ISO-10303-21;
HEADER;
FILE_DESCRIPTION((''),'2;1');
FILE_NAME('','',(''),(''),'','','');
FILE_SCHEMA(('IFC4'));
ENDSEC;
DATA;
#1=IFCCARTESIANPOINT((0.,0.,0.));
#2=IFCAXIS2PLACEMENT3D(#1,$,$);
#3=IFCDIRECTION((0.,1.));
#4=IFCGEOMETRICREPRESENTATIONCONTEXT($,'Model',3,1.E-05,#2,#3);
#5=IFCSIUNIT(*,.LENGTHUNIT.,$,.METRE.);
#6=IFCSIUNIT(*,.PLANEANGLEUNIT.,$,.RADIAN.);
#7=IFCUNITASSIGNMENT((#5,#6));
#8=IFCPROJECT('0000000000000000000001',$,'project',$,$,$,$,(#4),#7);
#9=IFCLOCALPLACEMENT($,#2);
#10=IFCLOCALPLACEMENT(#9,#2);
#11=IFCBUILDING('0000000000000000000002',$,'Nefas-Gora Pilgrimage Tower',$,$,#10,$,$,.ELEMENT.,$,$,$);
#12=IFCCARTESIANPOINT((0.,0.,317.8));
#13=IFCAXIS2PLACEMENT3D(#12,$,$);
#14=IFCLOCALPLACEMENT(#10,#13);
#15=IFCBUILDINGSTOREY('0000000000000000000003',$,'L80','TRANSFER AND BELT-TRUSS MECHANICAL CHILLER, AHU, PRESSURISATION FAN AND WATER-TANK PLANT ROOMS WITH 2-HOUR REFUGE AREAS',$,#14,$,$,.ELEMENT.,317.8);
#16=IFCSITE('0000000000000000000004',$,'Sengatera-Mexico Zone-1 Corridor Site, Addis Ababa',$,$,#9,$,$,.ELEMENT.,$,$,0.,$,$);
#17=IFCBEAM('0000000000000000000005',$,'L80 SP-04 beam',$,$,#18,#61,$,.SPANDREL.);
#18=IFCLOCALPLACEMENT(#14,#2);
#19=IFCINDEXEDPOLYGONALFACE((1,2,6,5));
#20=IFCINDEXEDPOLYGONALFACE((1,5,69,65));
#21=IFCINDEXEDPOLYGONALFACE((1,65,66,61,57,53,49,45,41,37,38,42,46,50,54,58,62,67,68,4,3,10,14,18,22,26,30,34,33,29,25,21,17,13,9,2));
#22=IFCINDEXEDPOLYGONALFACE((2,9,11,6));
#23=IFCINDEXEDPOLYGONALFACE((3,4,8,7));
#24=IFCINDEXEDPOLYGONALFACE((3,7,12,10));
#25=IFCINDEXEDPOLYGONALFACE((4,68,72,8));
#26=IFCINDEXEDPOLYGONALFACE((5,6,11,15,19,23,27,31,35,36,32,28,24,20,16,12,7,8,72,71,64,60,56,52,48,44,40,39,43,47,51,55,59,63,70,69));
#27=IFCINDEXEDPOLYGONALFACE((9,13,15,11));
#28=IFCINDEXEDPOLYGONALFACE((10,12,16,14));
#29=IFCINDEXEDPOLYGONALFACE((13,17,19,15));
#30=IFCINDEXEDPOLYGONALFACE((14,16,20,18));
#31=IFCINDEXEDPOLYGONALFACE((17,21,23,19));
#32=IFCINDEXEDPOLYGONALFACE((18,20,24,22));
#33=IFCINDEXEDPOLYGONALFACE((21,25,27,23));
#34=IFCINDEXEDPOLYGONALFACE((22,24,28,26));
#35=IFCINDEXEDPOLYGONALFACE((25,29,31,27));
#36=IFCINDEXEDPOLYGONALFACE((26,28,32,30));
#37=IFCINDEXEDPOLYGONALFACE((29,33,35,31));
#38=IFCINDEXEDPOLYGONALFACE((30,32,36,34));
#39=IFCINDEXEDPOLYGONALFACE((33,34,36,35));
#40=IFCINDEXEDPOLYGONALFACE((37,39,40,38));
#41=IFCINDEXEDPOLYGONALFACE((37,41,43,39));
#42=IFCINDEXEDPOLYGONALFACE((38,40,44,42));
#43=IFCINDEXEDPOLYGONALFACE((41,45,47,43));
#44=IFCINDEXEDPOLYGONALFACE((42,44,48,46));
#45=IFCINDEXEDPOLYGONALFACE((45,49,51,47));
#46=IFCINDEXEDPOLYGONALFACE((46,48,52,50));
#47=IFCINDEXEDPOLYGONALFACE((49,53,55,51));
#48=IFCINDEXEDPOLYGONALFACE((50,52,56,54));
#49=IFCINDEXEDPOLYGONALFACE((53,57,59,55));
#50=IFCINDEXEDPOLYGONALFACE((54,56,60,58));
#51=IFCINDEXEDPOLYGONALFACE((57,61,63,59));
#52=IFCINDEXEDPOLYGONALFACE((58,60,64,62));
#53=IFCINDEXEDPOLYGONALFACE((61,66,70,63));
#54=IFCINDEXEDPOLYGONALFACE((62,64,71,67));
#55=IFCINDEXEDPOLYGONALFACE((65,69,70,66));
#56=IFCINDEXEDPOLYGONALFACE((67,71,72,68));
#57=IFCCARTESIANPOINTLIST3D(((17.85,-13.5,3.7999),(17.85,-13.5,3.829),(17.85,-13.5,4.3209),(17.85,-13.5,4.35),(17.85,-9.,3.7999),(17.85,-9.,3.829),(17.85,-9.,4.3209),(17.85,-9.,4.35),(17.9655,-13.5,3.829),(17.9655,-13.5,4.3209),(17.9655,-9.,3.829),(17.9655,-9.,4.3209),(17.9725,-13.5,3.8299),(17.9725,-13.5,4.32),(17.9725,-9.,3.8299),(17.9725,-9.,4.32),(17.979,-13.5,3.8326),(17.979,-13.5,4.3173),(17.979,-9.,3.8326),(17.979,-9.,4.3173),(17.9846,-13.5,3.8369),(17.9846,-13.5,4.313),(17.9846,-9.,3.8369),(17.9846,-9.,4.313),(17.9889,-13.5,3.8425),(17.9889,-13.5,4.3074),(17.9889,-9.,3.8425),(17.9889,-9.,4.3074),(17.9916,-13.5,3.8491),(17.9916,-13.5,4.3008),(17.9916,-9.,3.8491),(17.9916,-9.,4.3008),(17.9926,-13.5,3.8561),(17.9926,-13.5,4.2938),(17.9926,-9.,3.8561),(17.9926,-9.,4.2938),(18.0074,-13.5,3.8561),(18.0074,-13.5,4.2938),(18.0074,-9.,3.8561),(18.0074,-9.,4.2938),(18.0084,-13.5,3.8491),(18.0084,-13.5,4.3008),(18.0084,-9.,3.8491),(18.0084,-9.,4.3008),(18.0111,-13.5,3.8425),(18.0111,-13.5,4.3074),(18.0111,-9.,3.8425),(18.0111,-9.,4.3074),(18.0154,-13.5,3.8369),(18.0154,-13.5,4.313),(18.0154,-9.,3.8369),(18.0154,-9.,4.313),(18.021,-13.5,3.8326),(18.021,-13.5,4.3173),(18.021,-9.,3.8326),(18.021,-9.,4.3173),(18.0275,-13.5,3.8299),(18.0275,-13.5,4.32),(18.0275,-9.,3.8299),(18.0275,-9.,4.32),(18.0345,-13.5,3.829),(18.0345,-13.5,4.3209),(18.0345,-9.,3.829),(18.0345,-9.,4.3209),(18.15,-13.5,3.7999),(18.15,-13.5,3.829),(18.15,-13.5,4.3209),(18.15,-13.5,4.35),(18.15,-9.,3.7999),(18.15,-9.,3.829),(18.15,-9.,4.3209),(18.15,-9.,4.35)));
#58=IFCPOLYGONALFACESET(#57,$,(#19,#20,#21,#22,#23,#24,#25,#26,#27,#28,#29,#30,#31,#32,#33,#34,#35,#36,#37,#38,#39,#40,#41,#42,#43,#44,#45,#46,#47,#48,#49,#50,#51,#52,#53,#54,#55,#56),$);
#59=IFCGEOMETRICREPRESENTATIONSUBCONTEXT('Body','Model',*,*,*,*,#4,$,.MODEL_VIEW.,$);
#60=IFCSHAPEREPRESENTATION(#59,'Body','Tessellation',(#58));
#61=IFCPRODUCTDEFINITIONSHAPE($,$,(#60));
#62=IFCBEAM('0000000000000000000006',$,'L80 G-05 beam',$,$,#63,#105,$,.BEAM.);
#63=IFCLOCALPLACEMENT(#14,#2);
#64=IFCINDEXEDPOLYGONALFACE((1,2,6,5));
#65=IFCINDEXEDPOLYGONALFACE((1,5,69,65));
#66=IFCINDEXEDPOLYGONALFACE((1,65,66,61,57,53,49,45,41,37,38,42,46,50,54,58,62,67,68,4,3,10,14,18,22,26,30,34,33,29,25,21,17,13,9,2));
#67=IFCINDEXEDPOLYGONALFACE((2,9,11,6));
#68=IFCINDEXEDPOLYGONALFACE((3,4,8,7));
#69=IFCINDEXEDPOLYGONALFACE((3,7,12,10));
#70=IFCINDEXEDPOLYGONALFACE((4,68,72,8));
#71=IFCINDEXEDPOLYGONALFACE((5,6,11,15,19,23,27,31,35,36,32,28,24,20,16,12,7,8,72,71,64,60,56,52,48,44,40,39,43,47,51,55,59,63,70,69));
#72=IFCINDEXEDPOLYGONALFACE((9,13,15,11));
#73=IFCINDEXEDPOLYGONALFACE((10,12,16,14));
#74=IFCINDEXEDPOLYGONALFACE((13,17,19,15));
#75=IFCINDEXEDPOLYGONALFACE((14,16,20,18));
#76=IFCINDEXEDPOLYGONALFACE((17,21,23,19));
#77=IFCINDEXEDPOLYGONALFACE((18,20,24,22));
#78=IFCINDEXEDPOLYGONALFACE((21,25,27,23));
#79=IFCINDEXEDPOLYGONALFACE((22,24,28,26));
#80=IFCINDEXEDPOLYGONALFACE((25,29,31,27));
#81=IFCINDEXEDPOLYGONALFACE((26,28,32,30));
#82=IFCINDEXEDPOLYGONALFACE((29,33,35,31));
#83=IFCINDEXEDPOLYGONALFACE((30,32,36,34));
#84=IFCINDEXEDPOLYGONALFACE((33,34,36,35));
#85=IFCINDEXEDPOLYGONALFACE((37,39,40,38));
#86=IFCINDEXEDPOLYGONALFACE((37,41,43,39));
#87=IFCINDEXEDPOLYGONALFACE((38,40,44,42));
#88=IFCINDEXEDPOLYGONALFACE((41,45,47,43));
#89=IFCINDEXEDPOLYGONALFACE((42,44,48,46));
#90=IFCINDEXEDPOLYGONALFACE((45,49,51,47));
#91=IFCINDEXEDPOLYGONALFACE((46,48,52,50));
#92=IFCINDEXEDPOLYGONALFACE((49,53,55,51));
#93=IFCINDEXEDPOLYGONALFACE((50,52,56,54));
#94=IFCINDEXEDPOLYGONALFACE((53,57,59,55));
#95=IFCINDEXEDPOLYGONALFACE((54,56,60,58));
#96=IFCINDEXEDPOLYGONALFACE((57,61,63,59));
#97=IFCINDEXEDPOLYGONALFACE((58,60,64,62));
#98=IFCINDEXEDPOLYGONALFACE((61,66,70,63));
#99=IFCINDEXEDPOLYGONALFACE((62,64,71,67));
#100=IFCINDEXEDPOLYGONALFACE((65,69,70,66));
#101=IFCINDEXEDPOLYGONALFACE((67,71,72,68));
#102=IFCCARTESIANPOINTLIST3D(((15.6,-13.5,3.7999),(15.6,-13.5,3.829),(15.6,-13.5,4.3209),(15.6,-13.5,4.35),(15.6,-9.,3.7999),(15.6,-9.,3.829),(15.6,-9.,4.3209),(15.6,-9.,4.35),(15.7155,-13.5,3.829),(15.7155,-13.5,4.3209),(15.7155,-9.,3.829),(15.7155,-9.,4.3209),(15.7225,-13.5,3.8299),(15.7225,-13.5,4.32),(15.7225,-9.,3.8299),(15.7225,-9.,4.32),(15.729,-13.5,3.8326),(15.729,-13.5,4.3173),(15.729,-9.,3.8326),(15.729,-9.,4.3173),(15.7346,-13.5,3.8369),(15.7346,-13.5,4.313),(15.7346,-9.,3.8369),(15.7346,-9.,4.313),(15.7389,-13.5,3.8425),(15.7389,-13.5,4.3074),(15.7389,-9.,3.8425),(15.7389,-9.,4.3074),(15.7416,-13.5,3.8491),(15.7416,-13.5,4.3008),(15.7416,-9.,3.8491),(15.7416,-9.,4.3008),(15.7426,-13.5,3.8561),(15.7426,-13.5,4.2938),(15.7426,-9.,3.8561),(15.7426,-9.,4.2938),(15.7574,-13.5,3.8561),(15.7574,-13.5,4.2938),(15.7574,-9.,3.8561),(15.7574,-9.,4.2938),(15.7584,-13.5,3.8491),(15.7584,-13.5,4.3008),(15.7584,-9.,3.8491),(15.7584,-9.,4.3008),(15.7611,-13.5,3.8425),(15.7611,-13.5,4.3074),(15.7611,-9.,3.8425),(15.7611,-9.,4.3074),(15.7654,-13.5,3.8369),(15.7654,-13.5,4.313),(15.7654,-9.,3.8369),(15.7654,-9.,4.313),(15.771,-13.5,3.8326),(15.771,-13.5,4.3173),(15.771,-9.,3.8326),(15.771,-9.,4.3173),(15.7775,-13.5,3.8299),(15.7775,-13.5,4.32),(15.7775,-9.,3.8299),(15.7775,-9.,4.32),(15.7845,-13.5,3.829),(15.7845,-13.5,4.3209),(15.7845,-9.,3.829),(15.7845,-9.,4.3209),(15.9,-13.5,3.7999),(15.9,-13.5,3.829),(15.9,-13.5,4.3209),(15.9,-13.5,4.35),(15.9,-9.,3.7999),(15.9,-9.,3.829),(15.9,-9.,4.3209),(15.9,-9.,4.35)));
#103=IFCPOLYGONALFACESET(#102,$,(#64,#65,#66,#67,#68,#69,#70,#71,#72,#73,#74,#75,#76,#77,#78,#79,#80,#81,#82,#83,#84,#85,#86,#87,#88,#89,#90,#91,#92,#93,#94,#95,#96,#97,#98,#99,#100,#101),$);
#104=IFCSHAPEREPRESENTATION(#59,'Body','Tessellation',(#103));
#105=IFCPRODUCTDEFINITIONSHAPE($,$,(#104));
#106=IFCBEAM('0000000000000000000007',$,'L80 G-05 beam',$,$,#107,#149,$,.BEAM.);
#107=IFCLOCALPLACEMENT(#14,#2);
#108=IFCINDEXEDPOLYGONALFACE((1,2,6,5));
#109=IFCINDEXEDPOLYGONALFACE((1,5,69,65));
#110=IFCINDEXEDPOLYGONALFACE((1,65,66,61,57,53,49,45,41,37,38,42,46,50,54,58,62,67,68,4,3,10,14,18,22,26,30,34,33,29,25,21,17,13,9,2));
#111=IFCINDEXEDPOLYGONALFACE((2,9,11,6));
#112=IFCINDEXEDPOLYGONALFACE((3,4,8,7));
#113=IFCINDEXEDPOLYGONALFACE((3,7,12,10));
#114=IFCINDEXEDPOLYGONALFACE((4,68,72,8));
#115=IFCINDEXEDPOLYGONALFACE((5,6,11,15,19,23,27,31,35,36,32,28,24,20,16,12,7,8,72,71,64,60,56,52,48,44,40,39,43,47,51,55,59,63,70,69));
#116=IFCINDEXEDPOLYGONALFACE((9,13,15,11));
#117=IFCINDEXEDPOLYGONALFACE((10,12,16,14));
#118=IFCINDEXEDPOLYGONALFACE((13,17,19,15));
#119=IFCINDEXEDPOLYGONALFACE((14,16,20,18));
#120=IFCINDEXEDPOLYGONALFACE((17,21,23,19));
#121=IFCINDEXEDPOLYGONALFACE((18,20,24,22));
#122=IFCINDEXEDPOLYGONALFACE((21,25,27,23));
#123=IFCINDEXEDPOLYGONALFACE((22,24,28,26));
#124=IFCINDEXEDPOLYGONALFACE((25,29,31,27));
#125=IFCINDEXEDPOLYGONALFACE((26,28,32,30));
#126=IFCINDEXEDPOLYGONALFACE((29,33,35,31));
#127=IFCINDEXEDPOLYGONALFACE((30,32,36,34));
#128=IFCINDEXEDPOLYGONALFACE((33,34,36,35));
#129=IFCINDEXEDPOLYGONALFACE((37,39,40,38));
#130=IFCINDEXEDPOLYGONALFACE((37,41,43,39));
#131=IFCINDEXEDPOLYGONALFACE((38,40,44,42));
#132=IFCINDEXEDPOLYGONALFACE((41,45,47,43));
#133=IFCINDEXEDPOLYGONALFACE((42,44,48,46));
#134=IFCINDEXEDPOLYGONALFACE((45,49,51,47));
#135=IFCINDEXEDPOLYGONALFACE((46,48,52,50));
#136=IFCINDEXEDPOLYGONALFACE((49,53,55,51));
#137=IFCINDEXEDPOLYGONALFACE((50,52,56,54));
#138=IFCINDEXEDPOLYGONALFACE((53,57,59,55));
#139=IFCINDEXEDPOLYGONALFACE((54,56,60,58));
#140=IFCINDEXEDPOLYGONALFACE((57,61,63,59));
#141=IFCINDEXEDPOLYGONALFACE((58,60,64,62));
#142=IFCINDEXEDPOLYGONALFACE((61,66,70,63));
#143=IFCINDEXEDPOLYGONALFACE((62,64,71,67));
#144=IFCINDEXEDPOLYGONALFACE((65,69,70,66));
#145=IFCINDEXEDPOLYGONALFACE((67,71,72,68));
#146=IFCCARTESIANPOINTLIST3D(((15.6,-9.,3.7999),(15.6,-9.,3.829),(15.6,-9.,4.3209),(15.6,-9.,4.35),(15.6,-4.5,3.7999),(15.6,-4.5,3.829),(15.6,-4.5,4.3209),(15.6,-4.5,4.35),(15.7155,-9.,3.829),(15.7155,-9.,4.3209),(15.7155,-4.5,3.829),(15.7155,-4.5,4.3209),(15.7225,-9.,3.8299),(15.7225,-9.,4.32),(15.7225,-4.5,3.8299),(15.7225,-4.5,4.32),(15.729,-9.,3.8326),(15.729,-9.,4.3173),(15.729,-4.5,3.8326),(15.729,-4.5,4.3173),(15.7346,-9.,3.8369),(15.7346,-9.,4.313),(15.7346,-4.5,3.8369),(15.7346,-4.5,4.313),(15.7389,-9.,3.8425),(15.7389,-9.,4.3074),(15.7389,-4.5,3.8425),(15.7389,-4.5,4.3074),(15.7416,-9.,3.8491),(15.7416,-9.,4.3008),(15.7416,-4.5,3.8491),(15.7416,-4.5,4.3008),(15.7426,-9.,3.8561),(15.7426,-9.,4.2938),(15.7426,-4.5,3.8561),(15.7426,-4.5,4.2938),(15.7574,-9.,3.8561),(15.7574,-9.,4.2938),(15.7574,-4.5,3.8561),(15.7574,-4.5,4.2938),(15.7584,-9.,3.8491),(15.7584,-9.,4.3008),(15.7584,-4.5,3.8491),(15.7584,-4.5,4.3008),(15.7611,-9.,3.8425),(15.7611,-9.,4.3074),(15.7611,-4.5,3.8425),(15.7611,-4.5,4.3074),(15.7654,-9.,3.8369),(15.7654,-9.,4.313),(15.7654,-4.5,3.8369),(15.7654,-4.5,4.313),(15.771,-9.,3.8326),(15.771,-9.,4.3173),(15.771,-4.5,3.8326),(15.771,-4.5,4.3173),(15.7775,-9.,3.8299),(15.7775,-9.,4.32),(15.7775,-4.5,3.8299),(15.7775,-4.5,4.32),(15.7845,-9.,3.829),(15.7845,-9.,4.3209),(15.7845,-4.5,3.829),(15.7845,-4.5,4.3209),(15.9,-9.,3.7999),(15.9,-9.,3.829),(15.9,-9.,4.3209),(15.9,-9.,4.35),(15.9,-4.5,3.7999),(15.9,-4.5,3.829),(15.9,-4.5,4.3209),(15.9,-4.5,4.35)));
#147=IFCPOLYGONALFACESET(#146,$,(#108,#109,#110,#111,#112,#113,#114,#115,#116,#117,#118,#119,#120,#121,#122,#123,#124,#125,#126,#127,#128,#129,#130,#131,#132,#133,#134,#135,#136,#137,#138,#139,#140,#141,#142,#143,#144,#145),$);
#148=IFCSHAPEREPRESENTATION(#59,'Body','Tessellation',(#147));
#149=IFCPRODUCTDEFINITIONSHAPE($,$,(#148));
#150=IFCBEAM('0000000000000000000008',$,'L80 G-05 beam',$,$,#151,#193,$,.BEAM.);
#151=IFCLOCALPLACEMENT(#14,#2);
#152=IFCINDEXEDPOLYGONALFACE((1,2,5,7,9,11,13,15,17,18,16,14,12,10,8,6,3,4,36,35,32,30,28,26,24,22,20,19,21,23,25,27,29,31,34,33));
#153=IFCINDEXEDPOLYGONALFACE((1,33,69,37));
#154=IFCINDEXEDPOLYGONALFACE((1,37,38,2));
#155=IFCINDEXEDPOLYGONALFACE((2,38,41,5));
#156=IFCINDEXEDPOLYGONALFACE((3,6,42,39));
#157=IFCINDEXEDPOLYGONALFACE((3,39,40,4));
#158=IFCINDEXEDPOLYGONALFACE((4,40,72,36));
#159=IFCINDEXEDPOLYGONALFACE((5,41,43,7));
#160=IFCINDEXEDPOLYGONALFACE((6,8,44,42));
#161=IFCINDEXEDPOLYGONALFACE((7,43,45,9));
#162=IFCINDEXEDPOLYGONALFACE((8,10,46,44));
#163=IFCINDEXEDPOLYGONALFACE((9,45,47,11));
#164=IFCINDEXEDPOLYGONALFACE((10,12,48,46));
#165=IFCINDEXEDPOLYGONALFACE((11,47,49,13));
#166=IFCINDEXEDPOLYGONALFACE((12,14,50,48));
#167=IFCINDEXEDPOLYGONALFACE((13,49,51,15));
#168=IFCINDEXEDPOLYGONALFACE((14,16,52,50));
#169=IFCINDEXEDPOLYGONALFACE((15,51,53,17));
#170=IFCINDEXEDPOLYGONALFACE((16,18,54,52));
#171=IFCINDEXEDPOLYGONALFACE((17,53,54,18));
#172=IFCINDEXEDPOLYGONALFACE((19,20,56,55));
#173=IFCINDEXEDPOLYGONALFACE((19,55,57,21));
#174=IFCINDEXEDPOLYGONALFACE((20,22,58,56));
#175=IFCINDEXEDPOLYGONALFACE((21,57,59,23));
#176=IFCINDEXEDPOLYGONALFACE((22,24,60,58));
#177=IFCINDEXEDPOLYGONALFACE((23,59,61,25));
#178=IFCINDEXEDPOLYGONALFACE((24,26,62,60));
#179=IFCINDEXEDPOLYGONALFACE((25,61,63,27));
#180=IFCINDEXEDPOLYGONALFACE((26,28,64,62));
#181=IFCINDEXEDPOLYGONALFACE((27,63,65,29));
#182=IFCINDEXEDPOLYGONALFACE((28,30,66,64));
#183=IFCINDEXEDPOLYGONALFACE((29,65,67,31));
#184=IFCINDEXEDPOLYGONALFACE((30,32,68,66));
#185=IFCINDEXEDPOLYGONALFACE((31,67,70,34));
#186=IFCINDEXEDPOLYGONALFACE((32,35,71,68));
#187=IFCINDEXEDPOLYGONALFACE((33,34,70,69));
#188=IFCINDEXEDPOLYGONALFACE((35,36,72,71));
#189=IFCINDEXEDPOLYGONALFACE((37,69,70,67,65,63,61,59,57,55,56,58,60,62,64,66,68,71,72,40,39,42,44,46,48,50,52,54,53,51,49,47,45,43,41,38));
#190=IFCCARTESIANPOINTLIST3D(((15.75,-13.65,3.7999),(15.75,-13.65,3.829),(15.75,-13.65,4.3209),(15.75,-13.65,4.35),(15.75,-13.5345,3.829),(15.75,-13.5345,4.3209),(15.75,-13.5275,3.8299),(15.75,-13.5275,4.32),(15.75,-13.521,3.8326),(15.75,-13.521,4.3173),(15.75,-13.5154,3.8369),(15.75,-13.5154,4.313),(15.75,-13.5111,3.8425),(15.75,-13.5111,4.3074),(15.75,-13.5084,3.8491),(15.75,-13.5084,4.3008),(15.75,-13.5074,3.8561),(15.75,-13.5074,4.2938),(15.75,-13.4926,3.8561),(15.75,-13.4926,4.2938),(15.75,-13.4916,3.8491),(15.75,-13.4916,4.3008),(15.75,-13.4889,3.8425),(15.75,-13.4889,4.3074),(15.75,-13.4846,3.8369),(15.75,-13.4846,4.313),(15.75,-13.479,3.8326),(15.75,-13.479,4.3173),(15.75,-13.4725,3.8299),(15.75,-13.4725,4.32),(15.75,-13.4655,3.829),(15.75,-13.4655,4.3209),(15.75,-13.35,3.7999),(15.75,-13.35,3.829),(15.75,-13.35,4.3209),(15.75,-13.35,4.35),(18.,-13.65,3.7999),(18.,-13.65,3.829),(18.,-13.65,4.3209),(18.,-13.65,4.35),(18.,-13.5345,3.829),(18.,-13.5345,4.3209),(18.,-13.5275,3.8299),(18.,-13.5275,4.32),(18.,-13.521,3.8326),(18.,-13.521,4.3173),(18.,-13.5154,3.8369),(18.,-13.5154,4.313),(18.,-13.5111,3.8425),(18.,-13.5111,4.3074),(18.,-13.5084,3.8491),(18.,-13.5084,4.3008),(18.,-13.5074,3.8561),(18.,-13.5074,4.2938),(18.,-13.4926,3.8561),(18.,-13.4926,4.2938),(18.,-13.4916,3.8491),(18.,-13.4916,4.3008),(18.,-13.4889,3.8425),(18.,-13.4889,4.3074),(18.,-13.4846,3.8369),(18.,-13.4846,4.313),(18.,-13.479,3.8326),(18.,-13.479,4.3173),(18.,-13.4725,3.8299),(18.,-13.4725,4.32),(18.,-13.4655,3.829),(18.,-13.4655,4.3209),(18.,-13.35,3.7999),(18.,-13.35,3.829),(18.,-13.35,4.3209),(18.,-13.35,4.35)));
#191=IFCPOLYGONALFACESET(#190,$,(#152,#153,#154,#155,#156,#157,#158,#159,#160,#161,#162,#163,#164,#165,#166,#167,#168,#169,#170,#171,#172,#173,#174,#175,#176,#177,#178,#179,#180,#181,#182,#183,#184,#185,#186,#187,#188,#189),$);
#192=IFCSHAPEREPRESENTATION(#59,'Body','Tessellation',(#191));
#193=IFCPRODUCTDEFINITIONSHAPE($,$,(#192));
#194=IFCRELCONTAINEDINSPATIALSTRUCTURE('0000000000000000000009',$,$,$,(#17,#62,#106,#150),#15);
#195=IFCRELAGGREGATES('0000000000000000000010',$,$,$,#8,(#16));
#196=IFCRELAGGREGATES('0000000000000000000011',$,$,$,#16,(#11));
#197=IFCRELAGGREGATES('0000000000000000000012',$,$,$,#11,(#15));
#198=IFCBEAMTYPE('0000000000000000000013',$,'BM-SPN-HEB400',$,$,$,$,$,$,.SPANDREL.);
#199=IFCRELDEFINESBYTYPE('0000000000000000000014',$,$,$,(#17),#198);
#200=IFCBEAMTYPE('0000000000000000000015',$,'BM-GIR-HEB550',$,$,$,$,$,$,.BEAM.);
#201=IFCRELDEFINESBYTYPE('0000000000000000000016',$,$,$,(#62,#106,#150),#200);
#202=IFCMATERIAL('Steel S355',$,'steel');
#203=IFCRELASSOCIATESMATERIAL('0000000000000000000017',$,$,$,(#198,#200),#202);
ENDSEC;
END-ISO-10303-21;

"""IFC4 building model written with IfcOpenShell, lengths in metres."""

from ifc_helpers import new_model, si_unit, direction, frame, origin, origin_2d, place, context, subcontext, project, spatial, i_section, extrude, source, transform, mapped, material, material_profile, profile_set, type_object, element, save


model = new_model("IFC4")

# Units and contexts
model_context = context("Model", 3, precision=1e-05, world=origin(), true_north=direction((0.0, 1.0)))
body_context = subcontext(model_context, "Body", "Model", "MODEL_VIEW")
ifc_project = project(units=[si_unit("LENGTHUNIT", "METRE"), si_unit("PLANEANGLEUNIT", "RADIAN")], contexts=[model_context])

# Site, building, storey
site_placement = place(None, origin())
site = spatial("IfcSite", under=ifc_project, at=site_placement, Name="Sengatera-Mexico Zone-1 Corridor Site, Addis Ababa", CompositionType="ELEMENT", RefElevation=0.0)
building_placement = place(site_placement, origin())
building = spatial("IfcBuilding", under=site, at=building_placement, Name="Nefas-Gora Pilgrimage Tower", CompositionType="ELEMENT")
storey_placement = place(building_placement, frame((0.0, 0.0, 317.8)))
storey = spatial("IfcBuildingStorey", under=building, at=storey_placement, Name="L80", Description="TRANSFER AND BELT-TRUSS MECHANICAL CHILLER, AHU, PRESSURISATION FAN AND WATER-TANK PLANT ROOMS WITH 2-HOUR REFUGE AREAS", CompositionType="ELEMENT", Elevation=317.8)

# Shared definitions
ifc_material_1 = material(Name="Steel S355", Category="steel")

# Beams
ifc_material_profile_1 = material_profile(ifc_material_1, i_section(OverallWidth=0.3, OverallDepth=0.55, WebThickness=0.0149, FlangeThickness=0.0291, FilletRadius=0.0271, at=origin_2d()), Name="HEB 550")
ifc_profile_set_1 = profile_set([ifc_material_profile_1], Name="Steel S355")
beam_type_1 = type_object("IfcBeamType", Name="BM-SPN-HEB400", PredefinedType="SPANDREL", material=ifc_profile_set_1)
shared_shape_1 = source(origin(), body_context, "Body", "SweptSolid", [
    extrude(i_section(OverallWidth=0.3, OverallDepth=0.55, WebThickness=0.0149, FlangeThickness=0.0291, FilletRadius=0.0271, at=origin_2d()), origin(), (0.0, 0.0, 1.0), 4.5),
])
beam_placement = place(storey_placement, frame((18.0, -13.5, 4.075), z_axis=(0.0, 1.0, 0.0), x_axis=(-1.0, 0.0, 0.0)))
element("IfcBeam", 1, at=beam_placement, inside=storey, type_object=beam_type_1, Name="L80 SP-04 beam", PredefinedType="SPANDREL", context=body_context, shape_type="MappedRepresentation", body=[
    mapped(shared_shape_1, transform((0.0, 0.0, 0.0), x_axis=(1.0, 0.0, 0.0), y_axis=(0.0, 1.0, 0.0), z_axis=(0.0, 0.0, 1.0), scale=1.0)),
])
ifc_material_profile_2 = material_profile(ifc_material_1, i_section(OverallWidth=0.3, OverallDepth=0.55, WebThickness=0.0149, FlangeThickness=0.0291, FilletRadius=0.0271, at=origin_2d()), Name="HEB 550")
ifc_profile_set_2 = profile_set([ifc_material_profile_2], Name="Steel S355")
beam_type_2 = type_object("IfcBeamType", Name="BM-GIR-HEB550", PredefinedType="BEAM", material=ifc_profile_set_2)
shared_shape_2 = source(origin(), body_context, "Body", "SweptSolid", [
    extrude(i_section(OverallWidth=0.3, OverallDepth=0.55, WebThickness=0.0149, FlangeThickness=0.0291, FilletRadius=0.0271, at=origin_2d()), origin(), (0.0, 0.0, 1.0), 4.5),
])
for number, where, z_axis, x_axis, name in (
    (2, (15.75, -13.5, 4.075), (0.0, 1.0, 0.0), (-1.0, 0.0, 0.0), "L80 G-05 beam"),
    (3, (15.75, -9.0, 4.075), (0.0, 1.0, 0.0), (-1.0, 0.0, 0.0), "L80 G-05 beam"),
):
    element("IfcBeam", number, at=place(storey_placement, frame(where, z_axis=z_axis, x_axis=x_axis)), inside=storey, type_object=beam_type_2, Name=name, PredefinedType="BEAM", context=body_context, shape_type="MappedRepresentation", body=[
        mapped(shared_shape_2, transform((0.0, 0.0, 0.0), x_axis=(1.0, 0.0, 0.0), y_axis=(0.0, 1.0, 0.0), z_axis=(0.0, 0.0, 1.0), scale=1.0)),
    ])
shared_shape_3 = source(origin(), body_context, "Body", "SweptSolid", [
    extrude(i_section(OverallWidth=0.3, OverallDepth=0.55, WebThickness=0.0149, FlangeThickness=0.0291, FilletRadius=0.0271, at=origin_2d()), origin(), (0.0, 0.0, 1.0), 2.25),
])
for number, where, z_axis, x_axis, name in (
    (4, (15.75, -13.5, 4.075), (1.0, 0.0, 0.0), (0.0, 1.0, 0.0), "L80 G-05 beam"),
):
    element("IfcBeam", number, at=place(storey_placement, frame(where, z_axis=z_axis, x_axis=x_axis)), inside=storey, type_object=beam_type_2, Name=name, PredefinedType="BEAM", context=body_context, shape_type="MappedRepresentation", body=[
        mapped(shared_shape_3, transform((0.0, 0.0, 0.0), x_axis=(1.0, 0.0, 0.0), y_axis=(0.0, 1.0, 0.0), z_axis=(0.0, 0.0, 1.0), scale=1.0)),
    ])

save(model, "model.ifc")
